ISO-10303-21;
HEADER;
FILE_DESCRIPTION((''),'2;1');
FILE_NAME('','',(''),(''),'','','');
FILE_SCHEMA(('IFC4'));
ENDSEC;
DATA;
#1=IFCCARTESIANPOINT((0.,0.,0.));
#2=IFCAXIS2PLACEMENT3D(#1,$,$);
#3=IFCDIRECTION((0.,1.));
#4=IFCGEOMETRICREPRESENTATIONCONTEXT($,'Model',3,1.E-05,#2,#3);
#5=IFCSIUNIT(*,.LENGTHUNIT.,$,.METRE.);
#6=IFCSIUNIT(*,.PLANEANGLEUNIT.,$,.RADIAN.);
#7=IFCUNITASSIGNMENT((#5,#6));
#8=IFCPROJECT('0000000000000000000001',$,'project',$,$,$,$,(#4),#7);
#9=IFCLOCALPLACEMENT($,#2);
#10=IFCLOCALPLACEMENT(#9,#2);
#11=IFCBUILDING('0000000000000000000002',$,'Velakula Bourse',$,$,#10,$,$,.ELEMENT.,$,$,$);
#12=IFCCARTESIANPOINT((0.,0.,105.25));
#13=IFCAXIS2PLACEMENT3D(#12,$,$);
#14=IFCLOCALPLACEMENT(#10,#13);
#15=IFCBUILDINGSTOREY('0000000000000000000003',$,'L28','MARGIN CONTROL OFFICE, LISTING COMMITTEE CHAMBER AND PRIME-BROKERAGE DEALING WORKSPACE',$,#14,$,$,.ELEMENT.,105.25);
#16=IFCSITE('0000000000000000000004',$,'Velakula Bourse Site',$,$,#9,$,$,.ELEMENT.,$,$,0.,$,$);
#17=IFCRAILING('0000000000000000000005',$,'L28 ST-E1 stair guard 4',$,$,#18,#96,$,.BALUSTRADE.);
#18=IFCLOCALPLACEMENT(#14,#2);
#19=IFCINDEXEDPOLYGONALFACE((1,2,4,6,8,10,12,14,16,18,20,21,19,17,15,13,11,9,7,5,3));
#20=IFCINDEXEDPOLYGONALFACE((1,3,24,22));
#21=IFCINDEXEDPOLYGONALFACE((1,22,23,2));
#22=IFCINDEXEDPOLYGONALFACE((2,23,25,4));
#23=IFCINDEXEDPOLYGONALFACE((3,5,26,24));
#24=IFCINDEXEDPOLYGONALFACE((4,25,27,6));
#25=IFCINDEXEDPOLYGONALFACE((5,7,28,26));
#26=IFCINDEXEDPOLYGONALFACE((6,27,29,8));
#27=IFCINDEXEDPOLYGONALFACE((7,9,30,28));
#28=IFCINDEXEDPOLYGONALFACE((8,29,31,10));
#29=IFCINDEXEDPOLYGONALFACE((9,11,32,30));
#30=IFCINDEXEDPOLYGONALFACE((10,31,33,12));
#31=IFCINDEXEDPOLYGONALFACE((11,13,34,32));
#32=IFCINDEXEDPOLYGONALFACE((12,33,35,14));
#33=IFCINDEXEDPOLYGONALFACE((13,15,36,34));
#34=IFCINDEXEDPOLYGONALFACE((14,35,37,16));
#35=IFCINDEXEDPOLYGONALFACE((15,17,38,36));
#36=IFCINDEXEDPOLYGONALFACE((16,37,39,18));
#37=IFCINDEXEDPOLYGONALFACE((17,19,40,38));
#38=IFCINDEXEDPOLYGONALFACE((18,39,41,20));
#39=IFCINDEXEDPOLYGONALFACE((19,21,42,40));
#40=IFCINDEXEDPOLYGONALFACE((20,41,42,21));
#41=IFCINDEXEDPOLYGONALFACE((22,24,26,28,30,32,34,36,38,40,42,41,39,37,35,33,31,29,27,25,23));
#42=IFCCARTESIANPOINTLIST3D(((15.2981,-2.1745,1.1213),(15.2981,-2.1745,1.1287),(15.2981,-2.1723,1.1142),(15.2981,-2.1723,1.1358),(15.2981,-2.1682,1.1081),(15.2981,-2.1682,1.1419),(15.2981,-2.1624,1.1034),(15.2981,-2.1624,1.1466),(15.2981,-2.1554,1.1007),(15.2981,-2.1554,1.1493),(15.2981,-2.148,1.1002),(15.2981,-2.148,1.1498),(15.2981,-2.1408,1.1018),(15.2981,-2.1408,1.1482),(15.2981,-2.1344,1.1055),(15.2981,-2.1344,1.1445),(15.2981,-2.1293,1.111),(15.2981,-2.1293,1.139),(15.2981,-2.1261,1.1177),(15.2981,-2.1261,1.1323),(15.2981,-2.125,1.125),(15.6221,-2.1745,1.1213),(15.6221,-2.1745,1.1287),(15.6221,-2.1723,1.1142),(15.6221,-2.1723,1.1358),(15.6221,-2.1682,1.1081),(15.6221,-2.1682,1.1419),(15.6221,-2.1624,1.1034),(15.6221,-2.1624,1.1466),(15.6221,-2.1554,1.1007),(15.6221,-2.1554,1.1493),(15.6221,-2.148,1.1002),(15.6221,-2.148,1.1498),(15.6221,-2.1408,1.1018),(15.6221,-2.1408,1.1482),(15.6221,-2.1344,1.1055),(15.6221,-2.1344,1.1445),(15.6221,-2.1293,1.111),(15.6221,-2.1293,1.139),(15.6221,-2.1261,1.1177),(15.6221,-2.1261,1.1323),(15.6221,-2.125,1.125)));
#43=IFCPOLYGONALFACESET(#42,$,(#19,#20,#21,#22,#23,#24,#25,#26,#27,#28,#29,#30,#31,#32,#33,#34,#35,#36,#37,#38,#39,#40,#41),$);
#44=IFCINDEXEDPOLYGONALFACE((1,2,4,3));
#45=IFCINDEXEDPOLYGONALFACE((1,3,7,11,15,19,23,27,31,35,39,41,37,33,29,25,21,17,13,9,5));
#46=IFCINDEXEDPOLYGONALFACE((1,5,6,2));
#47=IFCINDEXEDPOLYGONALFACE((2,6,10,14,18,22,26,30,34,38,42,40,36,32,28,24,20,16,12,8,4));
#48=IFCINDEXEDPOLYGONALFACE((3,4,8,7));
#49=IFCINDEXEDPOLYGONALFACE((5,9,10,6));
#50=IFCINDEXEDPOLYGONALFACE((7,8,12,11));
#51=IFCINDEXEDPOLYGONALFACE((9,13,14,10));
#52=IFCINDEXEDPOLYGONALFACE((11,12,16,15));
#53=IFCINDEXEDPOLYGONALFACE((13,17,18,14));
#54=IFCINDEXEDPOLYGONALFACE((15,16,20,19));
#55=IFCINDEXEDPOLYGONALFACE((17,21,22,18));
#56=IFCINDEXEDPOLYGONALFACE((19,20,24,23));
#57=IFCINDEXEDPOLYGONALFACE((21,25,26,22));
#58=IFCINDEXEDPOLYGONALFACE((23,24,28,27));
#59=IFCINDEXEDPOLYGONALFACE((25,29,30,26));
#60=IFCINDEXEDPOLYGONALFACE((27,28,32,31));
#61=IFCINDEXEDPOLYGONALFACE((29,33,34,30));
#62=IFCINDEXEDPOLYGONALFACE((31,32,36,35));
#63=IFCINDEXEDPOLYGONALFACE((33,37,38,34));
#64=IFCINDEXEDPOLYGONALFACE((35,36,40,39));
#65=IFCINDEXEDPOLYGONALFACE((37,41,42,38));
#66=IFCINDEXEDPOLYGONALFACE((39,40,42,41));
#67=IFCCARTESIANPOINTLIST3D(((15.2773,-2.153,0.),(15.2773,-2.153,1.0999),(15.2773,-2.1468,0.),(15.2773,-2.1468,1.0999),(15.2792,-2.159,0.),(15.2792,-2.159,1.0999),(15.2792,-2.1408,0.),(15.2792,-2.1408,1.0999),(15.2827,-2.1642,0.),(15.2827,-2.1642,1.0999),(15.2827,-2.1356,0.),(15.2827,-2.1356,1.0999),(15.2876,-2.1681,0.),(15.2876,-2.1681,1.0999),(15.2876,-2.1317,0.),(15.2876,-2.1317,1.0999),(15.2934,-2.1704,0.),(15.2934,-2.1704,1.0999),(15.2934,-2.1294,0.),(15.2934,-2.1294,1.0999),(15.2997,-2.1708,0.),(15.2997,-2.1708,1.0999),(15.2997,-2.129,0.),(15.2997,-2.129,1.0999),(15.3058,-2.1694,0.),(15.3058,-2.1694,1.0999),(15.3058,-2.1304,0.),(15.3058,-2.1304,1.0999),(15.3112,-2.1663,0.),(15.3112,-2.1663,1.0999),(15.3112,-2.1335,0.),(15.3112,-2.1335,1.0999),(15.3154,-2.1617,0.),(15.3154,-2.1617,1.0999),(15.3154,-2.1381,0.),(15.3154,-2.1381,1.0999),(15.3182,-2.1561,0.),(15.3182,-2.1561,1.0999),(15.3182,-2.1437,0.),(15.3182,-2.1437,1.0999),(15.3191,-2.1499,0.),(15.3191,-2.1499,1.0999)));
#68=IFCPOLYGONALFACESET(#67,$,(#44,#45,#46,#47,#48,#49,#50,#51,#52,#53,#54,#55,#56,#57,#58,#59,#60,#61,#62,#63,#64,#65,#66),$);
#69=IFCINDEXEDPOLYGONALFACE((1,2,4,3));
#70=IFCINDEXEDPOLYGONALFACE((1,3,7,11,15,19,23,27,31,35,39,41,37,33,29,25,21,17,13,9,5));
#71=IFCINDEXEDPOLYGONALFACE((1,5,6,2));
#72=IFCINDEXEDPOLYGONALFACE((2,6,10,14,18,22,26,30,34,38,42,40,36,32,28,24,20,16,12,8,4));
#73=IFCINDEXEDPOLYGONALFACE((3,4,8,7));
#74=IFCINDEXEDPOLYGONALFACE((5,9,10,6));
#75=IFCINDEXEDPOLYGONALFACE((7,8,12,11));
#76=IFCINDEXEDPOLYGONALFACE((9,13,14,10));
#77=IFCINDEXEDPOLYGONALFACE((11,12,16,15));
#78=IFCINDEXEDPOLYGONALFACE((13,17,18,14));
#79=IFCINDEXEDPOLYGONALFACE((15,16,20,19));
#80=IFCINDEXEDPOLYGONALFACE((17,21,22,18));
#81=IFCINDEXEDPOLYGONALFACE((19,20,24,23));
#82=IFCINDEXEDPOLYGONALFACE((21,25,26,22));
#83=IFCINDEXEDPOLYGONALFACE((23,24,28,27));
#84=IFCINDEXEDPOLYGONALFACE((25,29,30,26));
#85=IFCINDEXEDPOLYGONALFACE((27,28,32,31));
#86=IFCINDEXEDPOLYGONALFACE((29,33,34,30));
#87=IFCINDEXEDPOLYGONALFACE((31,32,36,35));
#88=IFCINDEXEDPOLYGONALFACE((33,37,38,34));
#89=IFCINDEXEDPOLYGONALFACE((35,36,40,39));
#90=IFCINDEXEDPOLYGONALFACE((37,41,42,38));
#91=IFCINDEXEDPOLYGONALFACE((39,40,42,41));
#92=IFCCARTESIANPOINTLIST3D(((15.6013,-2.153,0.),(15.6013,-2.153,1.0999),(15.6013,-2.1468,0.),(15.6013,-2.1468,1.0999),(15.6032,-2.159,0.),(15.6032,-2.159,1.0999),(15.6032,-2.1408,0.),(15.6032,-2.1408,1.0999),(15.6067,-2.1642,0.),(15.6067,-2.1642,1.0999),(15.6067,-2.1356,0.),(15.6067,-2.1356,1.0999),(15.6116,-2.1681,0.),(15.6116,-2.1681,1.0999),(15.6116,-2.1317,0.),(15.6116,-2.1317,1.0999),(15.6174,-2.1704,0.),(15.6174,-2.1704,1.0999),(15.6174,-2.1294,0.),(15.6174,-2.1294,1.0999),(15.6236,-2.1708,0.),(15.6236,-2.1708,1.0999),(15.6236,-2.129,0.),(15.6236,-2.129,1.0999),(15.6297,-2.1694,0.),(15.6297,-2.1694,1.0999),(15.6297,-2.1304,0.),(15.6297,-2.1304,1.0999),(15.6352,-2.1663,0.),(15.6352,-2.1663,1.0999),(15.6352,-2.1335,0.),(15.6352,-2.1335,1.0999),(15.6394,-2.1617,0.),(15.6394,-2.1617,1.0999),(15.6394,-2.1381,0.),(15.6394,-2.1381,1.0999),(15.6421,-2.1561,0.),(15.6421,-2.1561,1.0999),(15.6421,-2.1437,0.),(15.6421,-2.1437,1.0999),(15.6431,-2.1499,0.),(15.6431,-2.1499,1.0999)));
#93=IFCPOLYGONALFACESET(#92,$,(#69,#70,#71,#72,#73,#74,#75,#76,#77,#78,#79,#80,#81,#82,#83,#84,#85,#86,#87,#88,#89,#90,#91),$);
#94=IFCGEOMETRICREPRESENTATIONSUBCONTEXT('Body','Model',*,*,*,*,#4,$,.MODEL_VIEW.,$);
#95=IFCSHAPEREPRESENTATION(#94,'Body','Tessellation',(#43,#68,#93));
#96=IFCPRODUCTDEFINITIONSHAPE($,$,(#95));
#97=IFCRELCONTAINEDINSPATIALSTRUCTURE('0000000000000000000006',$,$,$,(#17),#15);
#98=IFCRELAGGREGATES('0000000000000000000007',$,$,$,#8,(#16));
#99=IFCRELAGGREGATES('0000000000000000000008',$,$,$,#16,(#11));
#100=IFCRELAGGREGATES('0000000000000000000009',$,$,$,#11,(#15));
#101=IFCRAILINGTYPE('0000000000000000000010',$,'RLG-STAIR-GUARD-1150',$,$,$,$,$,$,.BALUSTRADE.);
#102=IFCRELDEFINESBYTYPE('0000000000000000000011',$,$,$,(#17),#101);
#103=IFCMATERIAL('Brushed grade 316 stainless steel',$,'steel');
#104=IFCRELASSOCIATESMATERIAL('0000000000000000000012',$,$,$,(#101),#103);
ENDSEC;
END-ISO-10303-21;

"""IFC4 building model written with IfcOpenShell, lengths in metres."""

from ifc_helpers import new_model, si_unit, direction, frame, origin, origin_2d, place, context, subcontext, project, spatial, circle, extrude, material, type_object, element, save


model = new_model("IFC4")

# Units and contexts
model_context = context("Model", 3, precision=1e-05, world=origin(), true_north=direction((0.0, 1.0)))
body_context = subcontext(model_context, "Body", "Model", "MODEL_VIEW")
ifc_project = project(units=[si_unit("LENGTHUNIT", "METRE"), si_unit("PLANEANGLEUNIT", "RADIAN")], contexts=[model_context])

# Site, building, storey
site_placement = place(None, origin())
site = spatial("IfcSite", under=ifc_project, at=site_placement, Name="Velakula Bourse Site", CompositionType="ELEMENT", RefElevation=0.0)
building_placement = place(site_placement, origin())
building = spatial("IfcBuilding", under=site, at=building_placement, Name="Velakula Bourse", CompositionType="ELEMENT")
storey_placement = place(building_placement, frame((0.0, 0.0, 105.25)))
storey = spatial("IfcBuildingStorey", under=building, at=storey_placement, Name="L28", Description="MARGIN CONTROL OFFICE, LISTING COMMITTEE CHAMBER AND PRIME-BROKERAGE DEALING WORKSPACE", CompositionType="ELEMENT", Elevation=105.25)

# Shared definitions
ifc_material_1 = material(Name="Brushed grade 316 stainless steel", Category="steel")

# Railing
railing_type_1 = type_object("IfcRailingType", Name="RLG-STAIR-GUARD-1150", PredefinedType="BALUSTRADE", material=ifc_material_1)
railing_1_placement = place(storey_placement, frame((15.2981, -2.1499, 0.0)))
element("IfcRailing", 1, at=railing_1_placement, inside=storey, type_object=railing_type_1, Name="L28 ST-E1 stair guard 4", PredefinedType="BALUSTRADE", context=body_context, shape_type="SweptSolid", body=[
    extrude(circle(Radius=0.0249, at=origin_2d()), frame((0.0, 0.0, 1.125), z_axis=(1.0, 0.0, 0.0), x_axis=(0.0, 1.0, 0.0)), (0.0, 0.0, 1.0), 0.324),
    extrude(circle(Radius=0.021, at=origin_2d()), origin(), (0.0, 0.0, 1.0), 1.0999),
    extrude(circle(Radius=0.021, at=origin_2d()), frame((0.324, 0.0, 0.0)), (0.0, 0.0, 1.0), 1.0999),
])

save(model, "model.ifc")
